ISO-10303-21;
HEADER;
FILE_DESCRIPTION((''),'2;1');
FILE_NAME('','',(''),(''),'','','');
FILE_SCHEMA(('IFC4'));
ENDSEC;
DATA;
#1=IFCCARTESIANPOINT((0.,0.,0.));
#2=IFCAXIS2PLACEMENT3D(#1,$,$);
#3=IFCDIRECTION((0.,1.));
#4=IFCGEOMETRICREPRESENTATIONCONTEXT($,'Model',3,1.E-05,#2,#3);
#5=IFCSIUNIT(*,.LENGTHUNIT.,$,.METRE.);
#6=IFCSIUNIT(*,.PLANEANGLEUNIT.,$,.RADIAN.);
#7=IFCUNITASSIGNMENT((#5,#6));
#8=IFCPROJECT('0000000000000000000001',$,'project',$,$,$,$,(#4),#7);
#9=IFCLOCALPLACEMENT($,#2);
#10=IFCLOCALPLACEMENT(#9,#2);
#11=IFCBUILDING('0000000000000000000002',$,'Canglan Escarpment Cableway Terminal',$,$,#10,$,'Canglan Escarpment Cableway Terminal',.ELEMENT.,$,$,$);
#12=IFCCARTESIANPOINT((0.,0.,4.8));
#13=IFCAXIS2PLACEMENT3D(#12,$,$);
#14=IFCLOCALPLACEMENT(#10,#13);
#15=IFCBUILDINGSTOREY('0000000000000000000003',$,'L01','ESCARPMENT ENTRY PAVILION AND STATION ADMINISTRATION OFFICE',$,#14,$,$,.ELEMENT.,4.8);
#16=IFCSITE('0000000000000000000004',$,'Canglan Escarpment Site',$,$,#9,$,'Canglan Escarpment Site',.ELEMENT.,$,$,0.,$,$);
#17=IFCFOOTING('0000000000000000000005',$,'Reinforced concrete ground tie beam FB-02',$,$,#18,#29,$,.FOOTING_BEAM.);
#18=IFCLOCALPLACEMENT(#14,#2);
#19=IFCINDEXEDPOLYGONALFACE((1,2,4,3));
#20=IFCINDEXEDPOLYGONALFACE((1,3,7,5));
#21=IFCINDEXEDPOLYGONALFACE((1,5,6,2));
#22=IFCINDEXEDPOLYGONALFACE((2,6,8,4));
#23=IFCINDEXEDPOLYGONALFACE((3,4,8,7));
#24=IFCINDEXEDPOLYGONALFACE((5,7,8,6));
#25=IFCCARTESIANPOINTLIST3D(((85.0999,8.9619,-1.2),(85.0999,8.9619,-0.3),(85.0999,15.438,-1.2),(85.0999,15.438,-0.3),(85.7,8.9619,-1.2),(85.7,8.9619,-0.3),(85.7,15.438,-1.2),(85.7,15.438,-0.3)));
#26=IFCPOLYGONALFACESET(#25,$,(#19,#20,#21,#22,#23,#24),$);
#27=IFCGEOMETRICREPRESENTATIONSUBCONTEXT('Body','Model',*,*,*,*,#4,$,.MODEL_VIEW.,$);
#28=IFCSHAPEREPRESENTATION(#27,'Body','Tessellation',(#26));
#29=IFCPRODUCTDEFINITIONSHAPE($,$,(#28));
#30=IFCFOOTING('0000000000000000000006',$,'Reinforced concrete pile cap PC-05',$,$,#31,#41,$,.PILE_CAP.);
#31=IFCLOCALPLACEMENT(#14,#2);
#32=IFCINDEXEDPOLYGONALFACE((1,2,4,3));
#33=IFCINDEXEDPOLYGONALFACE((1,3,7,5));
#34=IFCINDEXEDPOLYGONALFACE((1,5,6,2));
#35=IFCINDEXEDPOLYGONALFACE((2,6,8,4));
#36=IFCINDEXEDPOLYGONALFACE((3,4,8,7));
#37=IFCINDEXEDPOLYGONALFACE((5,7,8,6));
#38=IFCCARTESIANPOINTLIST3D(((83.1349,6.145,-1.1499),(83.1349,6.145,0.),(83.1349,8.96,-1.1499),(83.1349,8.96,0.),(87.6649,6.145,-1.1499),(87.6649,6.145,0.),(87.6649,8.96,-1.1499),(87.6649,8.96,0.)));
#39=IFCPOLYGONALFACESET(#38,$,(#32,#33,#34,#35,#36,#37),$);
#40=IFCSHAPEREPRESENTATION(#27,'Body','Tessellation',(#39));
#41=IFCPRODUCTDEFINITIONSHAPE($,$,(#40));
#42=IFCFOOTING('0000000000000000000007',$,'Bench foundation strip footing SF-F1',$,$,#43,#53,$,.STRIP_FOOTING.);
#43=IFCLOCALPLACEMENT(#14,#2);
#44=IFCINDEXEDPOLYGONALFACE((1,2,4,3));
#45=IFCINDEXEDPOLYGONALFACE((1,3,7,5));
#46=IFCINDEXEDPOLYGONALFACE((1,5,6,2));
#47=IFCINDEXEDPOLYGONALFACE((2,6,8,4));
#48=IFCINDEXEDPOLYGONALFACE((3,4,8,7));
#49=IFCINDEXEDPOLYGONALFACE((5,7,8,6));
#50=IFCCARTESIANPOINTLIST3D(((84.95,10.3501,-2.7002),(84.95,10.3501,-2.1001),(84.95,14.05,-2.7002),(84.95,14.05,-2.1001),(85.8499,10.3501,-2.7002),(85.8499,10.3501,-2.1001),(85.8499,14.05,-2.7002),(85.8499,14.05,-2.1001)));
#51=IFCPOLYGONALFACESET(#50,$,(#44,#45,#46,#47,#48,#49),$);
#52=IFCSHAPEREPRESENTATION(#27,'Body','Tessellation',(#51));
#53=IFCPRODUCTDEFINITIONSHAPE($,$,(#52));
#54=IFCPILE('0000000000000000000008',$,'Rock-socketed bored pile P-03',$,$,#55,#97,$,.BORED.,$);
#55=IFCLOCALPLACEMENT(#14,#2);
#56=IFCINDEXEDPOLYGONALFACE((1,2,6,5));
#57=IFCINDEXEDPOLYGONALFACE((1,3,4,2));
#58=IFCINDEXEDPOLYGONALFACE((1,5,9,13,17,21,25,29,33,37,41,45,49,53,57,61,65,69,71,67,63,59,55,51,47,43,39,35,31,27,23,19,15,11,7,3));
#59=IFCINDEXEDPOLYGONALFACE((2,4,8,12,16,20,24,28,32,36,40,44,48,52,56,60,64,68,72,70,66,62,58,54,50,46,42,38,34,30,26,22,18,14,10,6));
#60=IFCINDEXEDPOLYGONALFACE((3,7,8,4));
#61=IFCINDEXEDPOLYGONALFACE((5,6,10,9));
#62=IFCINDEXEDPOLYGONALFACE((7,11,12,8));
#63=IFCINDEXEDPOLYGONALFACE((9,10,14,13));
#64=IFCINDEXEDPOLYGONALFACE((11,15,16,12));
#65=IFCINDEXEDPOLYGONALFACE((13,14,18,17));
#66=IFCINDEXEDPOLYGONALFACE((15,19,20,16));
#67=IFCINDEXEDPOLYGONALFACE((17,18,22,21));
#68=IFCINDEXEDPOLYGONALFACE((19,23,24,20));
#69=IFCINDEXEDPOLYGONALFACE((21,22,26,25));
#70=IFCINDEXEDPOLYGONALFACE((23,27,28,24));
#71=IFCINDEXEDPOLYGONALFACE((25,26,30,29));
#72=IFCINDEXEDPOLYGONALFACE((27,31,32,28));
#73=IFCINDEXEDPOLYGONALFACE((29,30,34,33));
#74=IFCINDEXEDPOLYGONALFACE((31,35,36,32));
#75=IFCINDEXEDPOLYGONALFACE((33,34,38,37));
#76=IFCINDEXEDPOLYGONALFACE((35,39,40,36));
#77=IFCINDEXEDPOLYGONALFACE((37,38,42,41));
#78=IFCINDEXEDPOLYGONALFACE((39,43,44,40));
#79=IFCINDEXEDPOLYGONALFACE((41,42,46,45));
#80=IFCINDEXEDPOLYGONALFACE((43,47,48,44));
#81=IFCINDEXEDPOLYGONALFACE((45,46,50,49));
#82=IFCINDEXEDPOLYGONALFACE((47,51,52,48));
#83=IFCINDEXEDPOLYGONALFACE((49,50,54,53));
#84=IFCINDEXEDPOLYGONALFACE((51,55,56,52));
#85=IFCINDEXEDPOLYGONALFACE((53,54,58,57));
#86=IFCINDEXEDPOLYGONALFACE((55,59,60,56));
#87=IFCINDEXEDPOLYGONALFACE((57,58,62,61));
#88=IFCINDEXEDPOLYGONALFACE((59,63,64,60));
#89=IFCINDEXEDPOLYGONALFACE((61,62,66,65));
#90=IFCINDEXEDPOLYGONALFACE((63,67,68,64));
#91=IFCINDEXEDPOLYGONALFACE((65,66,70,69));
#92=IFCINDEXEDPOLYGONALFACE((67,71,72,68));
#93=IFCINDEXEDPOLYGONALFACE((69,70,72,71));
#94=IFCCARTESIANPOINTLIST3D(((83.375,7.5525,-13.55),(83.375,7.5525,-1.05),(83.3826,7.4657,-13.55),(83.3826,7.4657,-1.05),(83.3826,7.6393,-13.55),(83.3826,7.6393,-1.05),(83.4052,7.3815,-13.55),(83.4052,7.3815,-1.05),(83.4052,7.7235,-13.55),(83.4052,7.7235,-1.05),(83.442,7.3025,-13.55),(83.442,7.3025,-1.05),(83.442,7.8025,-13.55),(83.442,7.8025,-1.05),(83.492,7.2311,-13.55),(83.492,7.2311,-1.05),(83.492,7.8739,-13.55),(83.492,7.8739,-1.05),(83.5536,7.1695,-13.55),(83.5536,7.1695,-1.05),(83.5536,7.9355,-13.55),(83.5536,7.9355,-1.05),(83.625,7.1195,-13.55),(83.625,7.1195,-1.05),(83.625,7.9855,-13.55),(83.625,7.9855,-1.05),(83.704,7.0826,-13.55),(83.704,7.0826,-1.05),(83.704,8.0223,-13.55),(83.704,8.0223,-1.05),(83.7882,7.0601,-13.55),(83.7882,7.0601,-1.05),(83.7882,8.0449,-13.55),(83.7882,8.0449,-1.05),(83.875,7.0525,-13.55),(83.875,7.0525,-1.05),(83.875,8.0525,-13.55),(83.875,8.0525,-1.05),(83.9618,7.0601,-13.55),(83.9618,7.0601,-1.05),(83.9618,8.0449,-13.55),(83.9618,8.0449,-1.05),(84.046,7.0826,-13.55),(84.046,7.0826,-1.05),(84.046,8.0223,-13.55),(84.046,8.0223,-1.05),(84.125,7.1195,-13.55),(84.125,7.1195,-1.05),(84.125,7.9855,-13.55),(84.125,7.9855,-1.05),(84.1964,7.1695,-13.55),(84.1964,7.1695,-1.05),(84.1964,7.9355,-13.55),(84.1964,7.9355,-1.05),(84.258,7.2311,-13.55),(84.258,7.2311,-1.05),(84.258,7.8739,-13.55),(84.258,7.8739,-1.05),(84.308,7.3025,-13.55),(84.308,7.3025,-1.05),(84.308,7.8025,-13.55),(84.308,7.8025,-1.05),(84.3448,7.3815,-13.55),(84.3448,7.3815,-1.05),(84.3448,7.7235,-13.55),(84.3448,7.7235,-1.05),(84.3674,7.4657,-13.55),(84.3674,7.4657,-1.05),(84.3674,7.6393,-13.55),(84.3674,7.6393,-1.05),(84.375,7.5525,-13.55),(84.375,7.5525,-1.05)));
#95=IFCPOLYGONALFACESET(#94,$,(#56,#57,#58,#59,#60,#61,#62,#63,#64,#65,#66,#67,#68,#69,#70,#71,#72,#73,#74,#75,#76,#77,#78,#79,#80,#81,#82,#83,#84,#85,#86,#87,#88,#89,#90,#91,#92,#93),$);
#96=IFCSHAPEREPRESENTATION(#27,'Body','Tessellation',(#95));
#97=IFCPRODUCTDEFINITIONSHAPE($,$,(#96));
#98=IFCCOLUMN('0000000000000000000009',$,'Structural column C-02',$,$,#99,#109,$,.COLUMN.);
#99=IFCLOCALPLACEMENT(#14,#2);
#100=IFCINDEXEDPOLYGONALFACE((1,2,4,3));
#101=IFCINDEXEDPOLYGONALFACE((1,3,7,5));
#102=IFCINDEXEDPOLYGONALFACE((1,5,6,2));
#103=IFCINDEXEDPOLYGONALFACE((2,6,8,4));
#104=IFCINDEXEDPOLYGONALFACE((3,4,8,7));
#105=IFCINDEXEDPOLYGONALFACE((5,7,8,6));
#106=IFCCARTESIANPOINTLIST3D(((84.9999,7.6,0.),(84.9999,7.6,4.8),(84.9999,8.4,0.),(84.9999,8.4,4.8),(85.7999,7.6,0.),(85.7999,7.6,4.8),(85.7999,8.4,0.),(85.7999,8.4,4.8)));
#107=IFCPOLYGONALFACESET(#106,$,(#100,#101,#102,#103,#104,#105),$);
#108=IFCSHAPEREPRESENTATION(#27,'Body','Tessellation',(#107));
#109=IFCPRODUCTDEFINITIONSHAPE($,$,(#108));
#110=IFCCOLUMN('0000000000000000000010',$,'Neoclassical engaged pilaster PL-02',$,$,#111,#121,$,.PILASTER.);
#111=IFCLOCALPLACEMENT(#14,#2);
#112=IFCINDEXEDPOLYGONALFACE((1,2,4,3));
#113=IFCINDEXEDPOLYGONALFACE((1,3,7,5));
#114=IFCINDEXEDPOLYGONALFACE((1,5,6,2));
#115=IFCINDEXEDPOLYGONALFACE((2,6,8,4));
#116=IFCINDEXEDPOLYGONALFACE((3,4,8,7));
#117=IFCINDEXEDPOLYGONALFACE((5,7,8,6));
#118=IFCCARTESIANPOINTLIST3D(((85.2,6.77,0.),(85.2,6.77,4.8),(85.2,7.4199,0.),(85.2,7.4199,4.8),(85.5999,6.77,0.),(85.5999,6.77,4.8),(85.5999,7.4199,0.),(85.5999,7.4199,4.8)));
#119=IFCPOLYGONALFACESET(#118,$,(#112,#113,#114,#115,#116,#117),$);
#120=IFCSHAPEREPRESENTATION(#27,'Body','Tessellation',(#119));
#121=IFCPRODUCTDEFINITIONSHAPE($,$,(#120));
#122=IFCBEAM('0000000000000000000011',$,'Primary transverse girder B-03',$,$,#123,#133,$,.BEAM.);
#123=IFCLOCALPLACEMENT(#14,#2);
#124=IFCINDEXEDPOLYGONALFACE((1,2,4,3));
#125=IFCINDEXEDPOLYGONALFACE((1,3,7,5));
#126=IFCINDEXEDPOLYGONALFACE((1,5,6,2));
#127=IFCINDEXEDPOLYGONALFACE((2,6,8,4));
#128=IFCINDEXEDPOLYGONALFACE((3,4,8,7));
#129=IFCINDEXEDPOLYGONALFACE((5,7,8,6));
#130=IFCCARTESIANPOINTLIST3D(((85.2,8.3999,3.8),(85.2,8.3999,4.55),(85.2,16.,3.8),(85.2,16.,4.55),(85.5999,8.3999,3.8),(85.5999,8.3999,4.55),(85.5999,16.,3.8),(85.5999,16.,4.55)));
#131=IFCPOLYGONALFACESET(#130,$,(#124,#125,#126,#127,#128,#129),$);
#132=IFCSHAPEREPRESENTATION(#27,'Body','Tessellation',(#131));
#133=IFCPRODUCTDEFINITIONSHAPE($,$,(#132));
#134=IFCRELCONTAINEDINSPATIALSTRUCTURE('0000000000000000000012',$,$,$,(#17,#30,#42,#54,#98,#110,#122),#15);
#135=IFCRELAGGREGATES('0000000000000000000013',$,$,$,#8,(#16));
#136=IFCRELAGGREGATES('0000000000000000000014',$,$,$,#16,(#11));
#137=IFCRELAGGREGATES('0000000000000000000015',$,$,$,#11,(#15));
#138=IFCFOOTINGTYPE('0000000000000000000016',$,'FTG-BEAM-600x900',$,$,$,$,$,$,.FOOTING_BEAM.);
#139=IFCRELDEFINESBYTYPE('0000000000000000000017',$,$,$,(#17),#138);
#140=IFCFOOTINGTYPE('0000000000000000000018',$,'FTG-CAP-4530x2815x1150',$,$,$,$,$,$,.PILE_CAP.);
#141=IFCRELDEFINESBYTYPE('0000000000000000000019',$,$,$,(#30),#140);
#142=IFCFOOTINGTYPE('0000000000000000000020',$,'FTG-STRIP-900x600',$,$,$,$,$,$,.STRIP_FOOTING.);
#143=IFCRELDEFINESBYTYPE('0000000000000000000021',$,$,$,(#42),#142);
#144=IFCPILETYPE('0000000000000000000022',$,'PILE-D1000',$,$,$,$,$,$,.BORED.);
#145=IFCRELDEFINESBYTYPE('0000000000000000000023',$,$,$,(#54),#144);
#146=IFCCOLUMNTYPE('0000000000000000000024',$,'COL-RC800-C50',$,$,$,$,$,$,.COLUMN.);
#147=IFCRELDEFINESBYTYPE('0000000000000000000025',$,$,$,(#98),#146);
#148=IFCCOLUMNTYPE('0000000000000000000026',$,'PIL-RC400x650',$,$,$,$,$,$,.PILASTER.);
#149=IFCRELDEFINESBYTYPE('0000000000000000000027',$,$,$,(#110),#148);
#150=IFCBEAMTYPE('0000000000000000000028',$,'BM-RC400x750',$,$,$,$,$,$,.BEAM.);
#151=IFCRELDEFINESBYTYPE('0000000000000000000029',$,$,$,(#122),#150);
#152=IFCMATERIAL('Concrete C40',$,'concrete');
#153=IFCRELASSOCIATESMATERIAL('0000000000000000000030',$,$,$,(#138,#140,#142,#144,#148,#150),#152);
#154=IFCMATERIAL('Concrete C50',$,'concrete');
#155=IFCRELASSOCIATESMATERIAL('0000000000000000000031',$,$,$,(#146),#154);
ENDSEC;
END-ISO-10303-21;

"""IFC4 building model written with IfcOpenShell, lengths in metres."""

from ifc_helpers import new_model, si_unit, direction, frame, origin, origin_2d, place, context, subcontext, project, spatial, rectangle, circle, extrude, material, material_profile, profile_set, type_object, element, save


model = new_model("IFC4")

# Units and contexts
model_context = context("Model", 3, precision=1e-05, world=origin(), true_north=direction((0.0, 1.0)))
body_context = subcontext(model_context, "Body", "Model", "MODEL_VIEW")
ifc_project = project(units=[si_unit("LENGTHUNIT", "METRE"), si_unit("PLANEANGLEUNIT", "RADIAN")], contexts=[model_context])

# Site, building, storey
site_placement = place(None, origin())
site = spatial("IfcSite", under=ifc_project, at=site_placement, Name="Canglan Escarpment Site", LongName="Canglan Escarpment Site", CompositionType="ELEMENT", RefElevation=0.0)
building_placement = place(site_placement, origin())
building = spatial("IfcBuilding", under=site, at=building_placement, Name="Canglan Escarpment Cableway Terminal", LongName="Canglan Escarpment Cableway Terminal", CompositionType="ELEMENT")
storey_placement = place(building_placement, frame((0.0, 0.0, 4.8)))
storey = spatial("IfcBuildingStorey", under=building, at=storey_placement, Name="L01", Description="ESCARPMENT ENTRY PAVILION AND STATION ADMINISTRATION OFFICE", CompositionType="ELEMENT", Elevation=4.8)

# Footings
ifc_material_1 = material(Name="Concrete C40", Category="concrete")
ifc_material_profile_1 = material_profile(ifc_material_1, rectangle(XDim=0.6001, YDim=0.8999, at=origin_2d()), Name="FB 600x900")
ifc_profile_set_1 = profile_set([ifc_material_profile_1], Name="Concrete C40")
footing_type_1 = type_object("IfcFootingType", Name="FTG-BEAM-600x900", PredefinedType="FOOTING_BEAM", material=ifc_profile_set_1)
footing_1_placement = place(storey_placement, frame((85.3999, 8.9619, -0.75), z_axis=(0.0, 1.0, 0.0), x_axis=(-1.0, 0.0, 0.0)))
element("IfcFooting", 1, at=footing_1_placement, inside=storey, type_object=footing_type_1, Name="Reinforced concrete ground tie beam FB-02", PredefinedType="FOOTING_BEAM", context=body_context, shape_type="SweptSolid", body=[
    extrude(rectangle(XDim=0.6001, YDim=0.8999, at=origin_2d()), origin(), (0.0, 0.0, 1.0), 6.4761),
])
footing_type_2 = type_object("IfcFootingType", Name="FTG-CAP-4530x2815x1150", PredefinedType="PILE_CAP", material=ifc_material_1)
footing_2_placement = place(storey_placement, frame((85.3999, 7.5525, -1.1499), z_axis=(0.0, 0.0, 1.0), x_axis=(1.0, 0.0, 0.0)))
element("IfcFooting", 2, at=footing_2_placement, inside=storey, type_object=footing_type_2, Name="Reinforced concrete pile cap PC-05", PredefinedType="PILE_CAP", context=body_context, shape_type="SweptSolid", body=[
    extrude(rectangle(XDim=4.53, YDim=2.8149, at=origin_2d()), origin(), (0.0, 0.0, 1.0), 1.1499),
])
ifc_material_profile_2 = material_profile(ifc_material_1, rectangle(XDim=0.8999, YDim=0.6001, at=origin_2d()), Name="SF 900x600")
ifc_profile_set_2 = profile_set([ifc_material_profile_2], Name="Concrete C40")
footing_type_3 = type_object("IfcFootingType", Name="FTG-STRIP-900x600", PredefinedType="STRIP_FOOTING", material=ifc_profile_set_2)
footing_3_placement = place(storey_placement, frame((85.3999, 10.3501, -2.4001), z_axis=(0.0, 1.0, 0.0), x_axis=(-1.0, 0.0, 0.0)))
element("IfcFooting", 3, at=footing_3_placement, inside=storey, type_object=footing_type_3, Name="Bench foundation strip footing SF-F1", PredefinedType="STRIP_FOOTING", context=body_context, shape_type="SweptSolid", body=[
    extrude(rectangle(XDim=0.8999, YDim=0.6001, at=origin_2d()), origin(), (0.0, 0.0, 1.0), 3.7),
])

# Pile
ifc_material_profile_3 = material_profile(ifc_material_1, circle(Radius=0.5, at=origin_2d()), Name="BORED PILE D1000")
ifc_profile_set_3 = profile_set([ifc_material_profile_3], Name="Concrete C40")
pile_type = type_object("IfcPileType", Name="PILE-D1000", PredefinedType="BORED", material=ifc_profile_set_3)
pile_placement = place(storey_placement, frame((83.875, 7.5525, -1.05), z_axis=(0.0, 0.0, -1.0), x_axis=(1.0, 0.0, 0.0)))
element("IfcPile", 4, at=pile_placement, inside=storey, type_object=pile_type, Name="Rock-socketed bored pile P-03", PredefinedType="BORED", context=body_context, shape_type="SweptSolid", body=[
    extrude(circle(Radius=0.5, at=origin_2d()), origin(), (0.0, 0.0, 1.0), 12.5),
])

# Columns
ifc_material_2 = material(Name="Concrete C50", Category="concrete")
ifc_material_profile_4 = material_profile(ifc_material_2, rectangle(XDim=0.8, YDim=0.8, at=origin_2d()), Name="RC 800x800")
ifc_profile_set_4 = profile_set([ifc_material_profile_4], Name="Concrete C50")
column_type_1 = type_object("IfcColumnType", Name="COL-RC800-C50", PredefinedType="COLUMN", material=ifc_profile_set_4)
column_1_placement = place(storey_placement, frame((85.3999, 8.0, 0.0), z_axis=(0.0, 0.0, 1.0), x_axis=(1.0, 0.0, 0.0)))
element("IfcColumn", 5, at=column_1_placement, inside=storey, type_object=column_type_1, Name="Structural column C-02", PredefinedType="COLUMN", context=body_context, shape_type="SweptSolid", body=[
    extrude(rectangle(XDim=0.8, YDim=0.8, at=origin_2d()), origin(), (0.0, 0.0, 1.0), 4.8),
])
ifc_material_profile_5 = material_profile(ifc_material_1, rectangle(XDim=0.3999, YDim=0.6499, at=origin_2d()), Name="RC-PIL 400x650")
ifc_profile_set_5 = profile_set([ifc_material_profile_5], Name="Concrete C40")
column_type_2 = type_object("IfcColumnType", Name="PIL-RC400x650", PredefinedType="PILASTER", material=ifc_profile_set_5)
column_2_placement = place(storey_placement, frame((85.3999, 7.095, 0.0), z_axis=(0.0, 0.0, 1.0), x_axis=(1.0, 0.0, 0.0)))
element("IfcColumn", 6, at=column_2_placement, inside=storey, type_object=column_type_2, Name="Neoclassical engaged pilaster PL-02", PredefinedType="PILASTER", context=body_context, shape_type="SweptSolid", body=[
    extrude(rectangle(XDim=0.3999, YDim=0.6499, at=origin_2d()), origin(), (0.0, 0.0, 1.0), 4.8),
])

# Beam
ifc_material_profile_6 = material_profile(ifc_material_1, rectangle(XDim=0.3999, YDim=0.75, at=origin_2d()), Name="RC 400x750")
ifc_profile_set_6 = profile_set([ifc_material_profile_6], Name="Concrete C40")
beam_type_1 = type_object("IfcBeamType", Name="BM-RC400x750", PredefinedType="BEAM", material=ifc_profile_set_6)
beam_1_placement = place(storey_placement, frame((85.3999, 8.3999, 4.175), z_axis=(0.0, 1.0, 0.0), x_axis=(-1.0, 0.0, 0.0)))
element("IfcBeam", 7, at=beam_1_placement, inside=storey, type_object=beam_type_1, Name="Primary transverse girder B-03", PredefinedType="BEAM", context=body_context, shape_type="SweptSolid", body=[
    extrude(rectangle(XDim=0.3999, YDim=0.75, at=origin_2d()), origin(), (0.0, 0.0, 1.0), 7.6001),
])

save(model, "model.ifc")
